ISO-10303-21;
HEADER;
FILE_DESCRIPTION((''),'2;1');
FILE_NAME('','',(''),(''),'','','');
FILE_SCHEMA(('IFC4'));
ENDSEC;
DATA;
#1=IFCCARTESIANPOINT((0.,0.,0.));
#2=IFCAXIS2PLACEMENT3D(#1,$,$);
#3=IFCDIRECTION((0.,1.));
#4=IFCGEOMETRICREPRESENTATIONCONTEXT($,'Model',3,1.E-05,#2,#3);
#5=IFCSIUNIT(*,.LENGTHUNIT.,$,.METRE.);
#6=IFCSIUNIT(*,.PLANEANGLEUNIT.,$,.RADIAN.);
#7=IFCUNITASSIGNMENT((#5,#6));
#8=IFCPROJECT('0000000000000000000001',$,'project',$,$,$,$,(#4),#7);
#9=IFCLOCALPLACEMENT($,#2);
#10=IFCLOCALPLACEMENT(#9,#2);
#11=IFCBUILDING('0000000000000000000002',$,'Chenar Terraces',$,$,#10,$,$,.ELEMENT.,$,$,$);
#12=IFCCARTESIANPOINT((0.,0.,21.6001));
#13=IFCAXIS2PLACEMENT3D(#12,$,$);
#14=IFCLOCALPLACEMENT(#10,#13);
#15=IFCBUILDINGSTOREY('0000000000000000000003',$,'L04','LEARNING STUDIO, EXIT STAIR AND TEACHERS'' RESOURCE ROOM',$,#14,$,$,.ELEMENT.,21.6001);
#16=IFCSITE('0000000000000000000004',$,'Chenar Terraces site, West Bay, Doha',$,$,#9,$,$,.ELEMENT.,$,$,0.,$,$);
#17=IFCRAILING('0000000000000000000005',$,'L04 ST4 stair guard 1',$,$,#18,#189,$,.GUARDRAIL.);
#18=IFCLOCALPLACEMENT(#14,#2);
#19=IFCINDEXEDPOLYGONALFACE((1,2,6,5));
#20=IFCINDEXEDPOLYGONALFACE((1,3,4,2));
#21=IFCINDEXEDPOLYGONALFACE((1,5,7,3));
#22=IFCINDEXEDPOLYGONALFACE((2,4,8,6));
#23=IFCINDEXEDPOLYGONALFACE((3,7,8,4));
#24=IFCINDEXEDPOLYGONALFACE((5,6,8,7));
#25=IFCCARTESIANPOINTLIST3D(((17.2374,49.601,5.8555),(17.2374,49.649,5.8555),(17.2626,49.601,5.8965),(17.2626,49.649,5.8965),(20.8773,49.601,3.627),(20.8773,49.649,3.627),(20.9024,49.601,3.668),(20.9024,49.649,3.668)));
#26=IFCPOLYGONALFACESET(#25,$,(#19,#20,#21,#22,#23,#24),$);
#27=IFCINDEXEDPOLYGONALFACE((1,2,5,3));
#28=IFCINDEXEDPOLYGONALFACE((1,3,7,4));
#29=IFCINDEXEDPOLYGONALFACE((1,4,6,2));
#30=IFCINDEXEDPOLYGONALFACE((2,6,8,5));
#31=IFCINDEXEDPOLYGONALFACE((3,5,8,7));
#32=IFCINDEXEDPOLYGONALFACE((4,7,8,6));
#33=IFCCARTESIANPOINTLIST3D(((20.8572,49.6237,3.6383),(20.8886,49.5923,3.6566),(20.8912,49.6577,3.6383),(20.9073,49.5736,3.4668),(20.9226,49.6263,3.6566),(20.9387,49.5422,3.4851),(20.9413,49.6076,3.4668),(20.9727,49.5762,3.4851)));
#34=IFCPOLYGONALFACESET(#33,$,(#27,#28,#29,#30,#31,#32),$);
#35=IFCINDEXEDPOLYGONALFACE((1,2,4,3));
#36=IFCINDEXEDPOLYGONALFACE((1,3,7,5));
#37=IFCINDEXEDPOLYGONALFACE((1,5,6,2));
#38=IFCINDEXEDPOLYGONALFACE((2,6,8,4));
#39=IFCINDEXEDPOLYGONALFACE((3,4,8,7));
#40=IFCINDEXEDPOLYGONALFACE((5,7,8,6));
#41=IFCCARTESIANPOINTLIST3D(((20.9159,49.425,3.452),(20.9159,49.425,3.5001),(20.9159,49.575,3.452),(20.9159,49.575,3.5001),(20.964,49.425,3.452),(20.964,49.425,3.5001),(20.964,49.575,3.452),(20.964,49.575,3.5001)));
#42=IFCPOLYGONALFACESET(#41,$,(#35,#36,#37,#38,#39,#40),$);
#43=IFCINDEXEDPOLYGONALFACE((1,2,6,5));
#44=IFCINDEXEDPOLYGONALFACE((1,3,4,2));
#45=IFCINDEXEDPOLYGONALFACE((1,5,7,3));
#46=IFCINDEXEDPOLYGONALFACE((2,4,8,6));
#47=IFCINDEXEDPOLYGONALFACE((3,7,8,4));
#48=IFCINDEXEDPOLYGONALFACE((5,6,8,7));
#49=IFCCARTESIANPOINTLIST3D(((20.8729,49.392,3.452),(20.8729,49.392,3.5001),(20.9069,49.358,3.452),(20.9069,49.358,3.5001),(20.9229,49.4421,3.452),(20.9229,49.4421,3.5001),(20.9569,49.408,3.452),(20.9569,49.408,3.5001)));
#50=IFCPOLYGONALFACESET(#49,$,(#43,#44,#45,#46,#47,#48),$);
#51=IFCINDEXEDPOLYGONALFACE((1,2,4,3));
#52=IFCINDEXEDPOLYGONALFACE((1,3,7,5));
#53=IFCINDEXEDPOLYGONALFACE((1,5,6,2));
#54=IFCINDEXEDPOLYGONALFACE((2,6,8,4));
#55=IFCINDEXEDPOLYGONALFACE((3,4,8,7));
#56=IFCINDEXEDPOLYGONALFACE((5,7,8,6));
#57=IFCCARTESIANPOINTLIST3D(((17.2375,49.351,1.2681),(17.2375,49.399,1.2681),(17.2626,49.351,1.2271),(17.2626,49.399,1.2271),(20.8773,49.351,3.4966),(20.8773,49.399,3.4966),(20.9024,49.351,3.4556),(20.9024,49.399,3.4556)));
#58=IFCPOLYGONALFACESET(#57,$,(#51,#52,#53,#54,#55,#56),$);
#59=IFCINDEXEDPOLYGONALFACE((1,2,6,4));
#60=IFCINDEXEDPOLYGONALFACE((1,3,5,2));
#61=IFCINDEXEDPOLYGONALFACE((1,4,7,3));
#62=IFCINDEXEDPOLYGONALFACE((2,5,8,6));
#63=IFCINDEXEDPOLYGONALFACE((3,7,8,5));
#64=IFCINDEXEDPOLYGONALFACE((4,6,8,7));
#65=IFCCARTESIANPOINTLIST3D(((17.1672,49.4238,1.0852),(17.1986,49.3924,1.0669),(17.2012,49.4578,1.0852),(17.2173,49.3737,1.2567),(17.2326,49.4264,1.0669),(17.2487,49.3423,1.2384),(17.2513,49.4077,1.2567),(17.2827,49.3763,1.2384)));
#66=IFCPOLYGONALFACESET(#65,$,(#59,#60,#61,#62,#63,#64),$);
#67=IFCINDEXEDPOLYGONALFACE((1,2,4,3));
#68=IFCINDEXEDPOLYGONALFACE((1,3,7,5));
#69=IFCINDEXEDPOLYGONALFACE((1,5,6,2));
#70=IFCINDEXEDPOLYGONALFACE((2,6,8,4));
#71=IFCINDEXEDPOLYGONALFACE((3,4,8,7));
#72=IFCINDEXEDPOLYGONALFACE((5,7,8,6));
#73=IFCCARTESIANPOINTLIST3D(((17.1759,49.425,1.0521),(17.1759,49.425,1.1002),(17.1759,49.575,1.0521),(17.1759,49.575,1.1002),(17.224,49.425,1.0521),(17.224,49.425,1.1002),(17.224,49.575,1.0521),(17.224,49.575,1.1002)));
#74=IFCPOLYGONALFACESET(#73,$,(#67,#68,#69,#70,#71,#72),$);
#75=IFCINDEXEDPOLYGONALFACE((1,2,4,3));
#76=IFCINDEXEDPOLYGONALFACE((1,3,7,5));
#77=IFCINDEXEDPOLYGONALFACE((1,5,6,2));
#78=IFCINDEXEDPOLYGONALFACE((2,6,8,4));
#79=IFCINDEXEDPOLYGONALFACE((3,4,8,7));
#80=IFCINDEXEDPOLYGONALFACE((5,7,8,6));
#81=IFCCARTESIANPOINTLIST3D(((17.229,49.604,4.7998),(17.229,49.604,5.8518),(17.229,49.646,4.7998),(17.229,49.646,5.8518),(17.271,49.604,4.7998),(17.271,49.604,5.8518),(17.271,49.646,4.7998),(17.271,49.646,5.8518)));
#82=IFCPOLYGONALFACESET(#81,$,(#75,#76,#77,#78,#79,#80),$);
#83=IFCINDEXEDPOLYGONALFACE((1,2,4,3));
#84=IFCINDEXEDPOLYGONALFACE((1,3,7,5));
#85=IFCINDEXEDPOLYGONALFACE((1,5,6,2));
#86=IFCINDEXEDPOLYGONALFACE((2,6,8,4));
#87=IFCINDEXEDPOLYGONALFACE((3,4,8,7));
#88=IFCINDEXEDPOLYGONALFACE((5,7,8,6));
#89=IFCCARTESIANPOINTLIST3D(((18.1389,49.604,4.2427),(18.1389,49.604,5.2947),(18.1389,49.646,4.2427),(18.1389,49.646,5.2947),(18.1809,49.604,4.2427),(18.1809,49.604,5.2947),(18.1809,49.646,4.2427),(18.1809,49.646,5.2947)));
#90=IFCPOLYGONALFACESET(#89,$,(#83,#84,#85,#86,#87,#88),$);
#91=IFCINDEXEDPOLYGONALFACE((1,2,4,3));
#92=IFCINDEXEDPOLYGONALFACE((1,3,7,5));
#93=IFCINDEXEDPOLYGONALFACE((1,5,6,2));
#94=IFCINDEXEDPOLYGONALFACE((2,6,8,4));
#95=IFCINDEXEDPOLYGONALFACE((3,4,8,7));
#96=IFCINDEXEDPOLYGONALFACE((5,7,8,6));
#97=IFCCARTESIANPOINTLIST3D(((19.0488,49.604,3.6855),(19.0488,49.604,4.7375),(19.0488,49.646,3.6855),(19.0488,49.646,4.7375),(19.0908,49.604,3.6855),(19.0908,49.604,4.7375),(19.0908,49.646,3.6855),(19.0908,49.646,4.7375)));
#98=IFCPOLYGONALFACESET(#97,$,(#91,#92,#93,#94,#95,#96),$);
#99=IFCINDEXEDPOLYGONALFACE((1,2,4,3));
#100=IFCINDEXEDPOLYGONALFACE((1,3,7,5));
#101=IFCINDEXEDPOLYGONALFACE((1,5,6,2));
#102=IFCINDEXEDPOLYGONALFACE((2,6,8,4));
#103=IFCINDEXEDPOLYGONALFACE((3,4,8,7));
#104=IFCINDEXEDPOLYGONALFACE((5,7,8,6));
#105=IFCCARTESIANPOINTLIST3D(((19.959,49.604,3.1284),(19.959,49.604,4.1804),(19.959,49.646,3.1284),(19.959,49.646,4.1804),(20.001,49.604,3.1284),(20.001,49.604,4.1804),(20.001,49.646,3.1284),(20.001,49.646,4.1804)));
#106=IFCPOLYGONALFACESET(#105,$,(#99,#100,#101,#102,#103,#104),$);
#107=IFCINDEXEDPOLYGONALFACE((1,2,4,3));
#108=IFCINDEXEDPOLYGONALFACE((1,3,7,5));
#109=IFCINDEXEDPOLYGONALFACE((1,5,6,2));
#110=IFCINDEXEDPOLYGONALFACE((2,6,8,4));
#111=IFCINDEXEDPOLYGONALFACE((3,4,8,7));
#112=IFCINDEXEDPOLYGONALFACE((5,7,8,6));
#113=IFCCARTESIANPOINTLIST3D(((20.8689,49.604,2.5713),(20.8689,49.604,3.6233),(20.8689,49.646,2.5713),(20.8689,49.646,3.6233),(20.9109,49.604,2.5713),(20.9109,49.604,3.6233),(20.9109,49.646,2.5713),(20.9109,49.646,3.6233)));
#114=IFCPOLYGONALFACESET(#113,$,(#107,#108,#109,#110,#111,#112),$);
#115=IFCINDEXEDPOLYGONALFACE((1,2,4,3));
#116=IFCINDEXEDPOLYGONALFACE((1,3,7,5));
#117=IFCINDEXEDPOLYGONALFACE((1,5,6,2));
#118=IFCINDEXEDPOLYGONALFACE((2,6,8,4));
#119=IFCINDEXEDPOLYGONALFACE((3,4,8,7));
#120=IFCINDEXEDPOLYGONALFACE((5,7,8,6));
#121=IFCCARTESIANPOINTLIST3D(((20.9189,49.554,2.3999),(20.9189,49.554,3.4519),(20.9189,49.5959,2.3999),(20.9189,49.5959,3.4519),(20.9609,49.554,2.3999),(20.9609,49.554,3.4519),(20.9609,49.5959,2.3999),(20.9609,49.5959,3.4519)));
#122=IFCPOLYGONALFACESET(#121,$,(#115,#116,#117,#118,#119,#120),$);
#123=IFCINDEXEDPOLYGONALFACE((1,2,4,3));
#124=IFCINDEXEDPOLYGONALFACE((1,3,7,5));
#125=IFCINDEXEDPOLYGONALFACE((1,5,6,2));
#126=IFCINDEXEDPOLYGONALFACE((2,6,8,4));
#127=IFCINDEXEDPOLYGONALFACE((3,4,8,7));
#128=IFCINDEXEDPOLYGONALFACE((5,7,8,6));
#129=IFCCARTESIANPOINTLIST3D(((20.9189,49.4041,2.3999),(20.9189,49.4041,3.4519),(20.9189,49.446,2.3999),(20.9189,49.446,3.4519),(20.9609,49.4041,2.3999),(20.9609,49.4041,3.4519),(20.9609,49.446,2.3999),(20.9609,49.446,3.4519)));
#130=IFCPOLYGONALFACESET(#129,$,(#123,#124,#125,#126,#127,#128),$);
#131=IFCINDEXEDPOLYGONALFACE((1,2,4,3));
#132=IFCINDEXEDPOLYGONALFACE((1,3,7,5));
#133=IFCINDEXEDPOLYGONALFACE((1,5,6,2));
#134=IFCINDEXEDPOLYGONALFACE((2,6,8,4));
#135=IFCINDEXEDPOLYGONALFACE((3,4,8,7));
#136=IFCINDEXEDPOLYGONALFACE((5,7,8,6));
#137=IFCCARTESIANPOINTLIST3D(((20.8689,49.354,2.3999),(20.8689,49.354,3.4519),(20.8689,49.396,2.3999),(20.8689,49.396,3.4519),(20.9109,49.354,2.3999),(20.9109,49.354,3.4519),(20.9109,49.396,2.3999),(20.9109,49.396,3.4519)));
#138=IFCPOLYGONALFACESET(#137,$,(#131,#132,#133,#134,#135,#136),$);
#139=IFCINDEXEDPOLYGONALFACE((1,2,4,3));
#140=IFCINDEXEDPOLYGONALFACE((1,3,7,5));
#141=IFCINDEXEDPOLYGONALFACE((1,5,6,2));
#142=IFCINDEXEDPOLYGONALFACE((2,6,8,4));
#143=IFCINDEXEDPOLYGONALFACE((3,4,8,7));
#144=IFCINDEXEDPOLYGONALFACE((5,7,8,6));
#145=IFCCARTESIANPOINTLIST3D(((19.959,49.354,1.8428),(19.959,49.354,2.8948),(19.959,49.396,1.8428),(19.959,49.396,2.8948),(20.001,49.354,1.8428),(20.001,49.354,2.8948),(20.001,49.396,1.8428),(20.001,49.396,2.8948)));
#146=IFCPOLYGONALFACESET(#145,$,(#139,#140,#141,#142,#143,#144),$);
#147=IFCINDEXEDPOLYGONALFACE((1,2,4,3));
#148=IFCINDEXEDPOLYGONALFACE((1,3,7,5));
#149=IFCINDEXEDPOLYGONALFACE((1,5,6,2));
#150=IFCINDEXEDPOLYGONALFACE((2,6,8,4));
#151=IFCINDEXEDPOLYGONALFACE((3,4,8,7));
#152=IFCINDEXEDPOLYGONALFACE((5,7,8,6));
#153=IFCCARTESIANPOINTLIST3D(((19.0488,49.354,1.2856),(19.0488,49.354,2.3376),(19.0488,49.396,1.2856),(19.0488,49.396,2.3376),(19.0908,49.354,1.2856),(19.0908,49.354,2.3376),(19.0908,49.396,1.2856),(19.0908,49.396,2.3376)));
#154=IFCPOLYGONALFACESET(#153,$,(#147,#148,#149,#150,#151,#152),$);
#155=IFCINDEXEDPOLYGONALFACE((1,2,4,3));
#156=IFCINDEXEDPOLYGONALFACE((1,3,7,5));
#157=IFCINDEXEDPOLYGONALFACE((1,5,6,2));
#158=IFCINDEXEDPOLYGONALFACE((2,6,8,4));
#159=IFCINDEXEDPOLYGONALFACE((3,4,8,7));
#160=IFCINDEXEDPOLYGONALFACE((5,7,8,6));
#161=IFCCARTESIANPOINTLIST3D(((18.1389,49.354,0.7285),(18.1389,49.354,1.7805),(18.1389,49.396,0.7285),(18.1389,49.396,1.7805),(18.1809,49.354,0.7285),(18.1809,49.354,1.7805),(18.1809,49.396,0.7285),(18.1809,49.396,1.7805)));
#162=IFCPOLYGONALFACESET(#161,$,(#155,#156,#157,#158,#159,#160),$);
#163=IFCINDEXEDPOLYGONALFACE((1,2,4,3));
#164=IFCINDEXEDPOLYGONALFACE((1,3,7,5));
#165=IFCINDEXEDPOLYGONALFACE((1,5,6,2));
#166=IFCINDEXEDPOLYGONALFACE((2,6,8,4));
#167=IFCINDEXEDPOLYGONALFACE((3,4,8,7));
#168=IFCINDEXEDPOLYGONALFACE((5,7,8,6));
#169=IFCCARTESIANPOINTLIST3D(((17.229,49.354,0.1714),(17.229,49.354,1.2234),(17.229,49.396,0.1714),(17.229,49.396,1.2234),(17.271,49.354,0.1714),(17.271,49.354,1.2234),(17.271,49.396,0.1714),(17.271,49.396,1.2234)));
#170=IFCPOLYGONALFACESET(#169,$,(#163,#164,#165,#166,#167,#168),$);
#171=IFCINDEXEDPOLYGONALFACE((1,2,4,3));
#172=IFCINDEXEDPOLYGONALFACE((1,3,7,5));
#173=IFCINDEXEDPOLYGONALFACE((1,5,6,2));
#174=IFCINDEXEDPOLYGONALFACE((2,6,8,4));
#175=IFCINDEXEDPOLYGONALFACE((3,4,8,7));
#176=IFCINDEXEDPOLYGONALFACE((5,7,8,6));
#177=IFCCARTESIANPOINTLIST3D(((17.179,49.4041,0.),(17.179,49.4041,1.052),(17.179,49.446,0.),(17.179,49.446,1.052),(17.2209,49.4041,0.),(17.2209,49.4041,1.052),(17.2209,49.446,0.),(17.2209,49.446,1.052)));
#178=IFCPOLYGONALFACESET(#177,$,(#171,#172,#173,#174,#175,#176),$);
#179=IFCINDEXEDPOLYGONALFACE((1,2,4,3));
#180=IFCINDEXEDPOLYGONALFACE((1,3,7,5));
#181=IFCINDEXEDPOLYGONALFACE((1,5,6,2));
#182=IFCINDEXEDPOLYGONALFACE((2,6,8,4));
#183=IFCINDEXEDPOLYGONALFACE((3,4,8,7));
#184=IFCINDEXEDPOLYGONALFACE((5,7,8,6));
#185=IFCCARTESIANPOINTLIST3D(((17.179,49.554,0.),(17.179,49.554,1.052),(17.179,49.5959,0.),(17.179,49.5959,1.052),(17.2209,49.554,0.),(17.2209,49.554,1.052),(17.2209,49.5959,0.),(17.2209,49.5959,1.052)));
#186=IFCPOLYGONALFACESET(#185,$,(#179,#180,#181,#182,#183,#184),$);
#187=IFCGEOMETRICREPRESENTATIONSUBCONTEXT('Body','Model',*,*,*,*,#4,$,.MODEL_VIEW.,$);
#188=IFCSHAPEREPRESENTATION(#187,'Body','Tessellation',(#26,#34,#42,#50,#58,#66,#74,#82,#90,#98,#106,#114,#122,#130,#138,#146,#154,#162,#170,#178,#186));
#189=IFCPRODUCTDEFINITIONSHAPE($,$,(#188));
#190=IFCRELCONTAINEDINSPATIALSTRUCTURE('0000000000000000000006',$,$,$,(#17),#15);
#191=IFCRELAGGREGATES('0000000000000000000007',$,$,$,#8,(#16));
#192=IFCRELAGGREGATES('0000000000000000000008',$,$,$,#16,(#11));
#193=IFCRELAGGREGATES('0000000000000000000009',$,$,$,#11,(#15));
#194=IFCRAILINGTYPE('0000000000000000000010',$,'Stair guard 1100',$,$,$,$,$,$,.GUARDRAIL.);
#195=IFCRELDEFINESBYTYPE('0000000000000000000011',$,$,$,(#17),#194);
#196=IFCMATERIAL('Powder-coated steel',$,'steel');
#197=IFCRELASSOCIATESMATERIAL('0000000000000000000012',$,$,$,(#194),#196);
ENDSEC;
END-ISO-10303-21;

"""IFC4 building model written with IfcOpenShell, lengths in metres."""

from ifc_helpers import new_model, si_unit, direction, frame, origin, origin_2d, place, context, subcontext, project, spatial, rectangle, extrude, material, type_object, element, save


model = new_model("IFC4")

# Units and contexts
model_context = context("Model", 3, precision=1e-05, world=origin(), true_north=direction((0.0, 1.0)))
body_context = subcontext(model_context, "Body", "Model", "MODEL_VIEW")
ifc_project = project(units=[si_unit("LENGTHUNIT", "METRE"), si_unit("PLANEANGLEUNIT", "RADIAN")], contexts=[model_context])

# Site, building, storey
site_placement = place(None, origin())
site = spatial("IfcSite", under=ifc_project, at=site_placement, Name="Chenar Terraces site, West Bay, Doha", CompositionType="ELEMENT", RefElevation=0.0)
building_placement = place(site_placement, origin())
building = spatial("IfcBuilding", under=site, at=building_placement, Name="Chenar Terraces", CompositionType="ELEMENT")
storey_placement = place(building_placement, frame((0.0, 0.0, 21.6001)))
storey = spatial("IfcBuildingStorey", under=building, at=storey_placement, Name="L04", Description="LEARNING STUDIO, EXIT STAIR AND TEACHERS' RESOURCE ROOM", CompositionType="ELEMENT", Elevation=21.6001)

# Railing
ifc_material_1 = material(Name="Powder-coated steel", Category="steel")
railing_type_1 = type_object("IfcRailingType", Name="Stair guard 1100", PredefinedType="GUARDRAIL", material=ifc_material_1)
railing_1_placement = place(storey_placement, frame((17.25, 49.625, 4.7998)))
element("IfcRailing", 1, at=railing_1_placement, inside=storey, type_object=railing_type_1, Name="L04 ST4 stair guard 1", PredefinedType="GUARDRAIL", context=body_context, shape_type="SweptSolid", body=[
    extrude(rectangle(XDim=0.0481, YDim=0.0481, at=origin_2d()), frame((0.0, 0.0, 1.0762), z_axis=(0.85285, 0.0, -0.522156), x_axis=(0.0, 1.0, 0.0)), (0.0, 0.0, 1.0), 4.2678),
    extrude(rectangle(XDim=0.0481, YDim=0.0481, at=origin_2d()), frame((3.6399, 0.0, -1.1523), z_axis=(0.269911, -0.269911, -0.924281), x_axis=(0.707107, 0.707107, 0.0)), (0.0, 0.0, 1.0), 0.1855),
    extrude(rectangle(XDim=0.0481, YDim=0.0481, at=origin_2d()), frame((3.6899, -0.05, -1.3237), z_axis=(0.0, -1.0, 0.0), x_axis=(1.0, 0.0, 0.0)), (0.0, 0.0, 1.0), 0.1499),
    extrude(rectangle(XDim=0.0481, YDim=0.0481, at=origin_2d()), frame((3.6899, -0.2, -1.3237), z_axis=(-0.707107, -0.707107, 0.0), x_axis=(0.707107, -0.707107, 0.0)), (0.0, 0.0, 1.0), 0.0708),
    extrude(rectangle(XDim=0.0481, YDim=0.0481, at=origin_2d()), frame((3.6399, -0.25, -1.3237), z_axis=(-0.85285, 0.0, -0.522156), x_axis=(0.0, -1.0, 0.0)), (0.0, 0.0, 1.0), 4.2678),
    extrude(rectangle(XDim=0.0481, YDim=0.0481, at=origin_2d()), frame((0.0, -0.25, -3.5522), z_axis=(-0.269911, 0.269911, -0.924281), x_axis=(-0.707107, -0.707107, 0.0)), (0.0, 0.0, 1.0), 0.1855),
    extrude(rectangle(XDim=0.0481, YDim=0.0481, at=origin_2d()), frame((-0.05, -0.2, -3.7236), z_axis=(0.0, 1.0, 0.0), x_axis=(-1.0, 0.0, 0.0)), (0.0, 0.0, 1.0), 0.1499),
    extrude(rectangle(XDim=0.042, YDim=0.042, at=origin_2d()), origin(), (0.0, 0.0, 1.0), 1.052),
    extrude(rectangle(XDim=0.042, YDim=0.042, at=origin_2d()), frame((0.9099, 0.0, -0.5571)), (0.0, 0.0, 1.0), 1.052),
    extrude(rectangle(XDim=0.042, YDim=0.042, at=origin_2d()), frame((1.8198, 0.0, -1.1143)), (0.0, 0.0, 1.0), 1.052),
    extrude(rectangle(XDim=0.042, YDim=0.042, at=origin_2d()), frame((2.73, 0.0, -1.6714)), (0.0, 0.0, 1.0), 1.052),
    extrude(rectangle(XDim=0.042, YDim=0.042, at=origin_2d()), frame((3.6399, 0.0, -2.2285)), (0.0, 0.0, 1.0), 1.052),
    extrude(rectangle(XDim=0.042, YDim=0.042, at=origin_2d()), frame((3.6899, -0.05, -2.3999)), (0.0, 0.0, 1.0), 1.052),
    extrude(rectangle(XDim=0.042, YDim=0.042, at=origin_2d()), frame((3.6899, -0.2, -2.3999)), (0.0, 0.0, 1.0), 1.052),
    extrude(rectangle(XDim=0.042, YDim=0.042, at=origin_2d()), frame((3.6399, -0.25, -2.3999)), (0.0, 0.0, 1.0), 1.052),
    extrude(rectangle(XDim=0.042, YDim=0.042, at=origin_2d()), frame((2.73, -0.25, -2.957)), (0.0, 0.0, 1.0), 1.052),
    extrude(rectangle(XDim=0.042, YDim=0.042, at=origin_2d()), frame((1.8198, -0.25, -3.5142)), (0.0, 0.0, 1.0), 1.052),
    extrude(rectangle(XDim=0.042, YDim=0.042, at=origin_2d()), frame((0.9099, -0.25, -4.0713)), (0.0, 0.0, 1.0), 1.052),
    extrude(rectangle(XDim=0.042, YDim=0.042, at=origin_2d()), frame((0.0, -0.25, -4.6284)), (0.0, 0.0, 1.0), 1.052),
    extrude(rectangle(XDim=0.042, YDim=0.042, at=origin_2d()), frame((-0.05, -0.2, -4.7998)), (0.0, 0.0, 1.0), 1.052),
    extrude(rectangle(XDim=0.042, YDim=0.042, at=origin_2d()), frame((-0.05, -0.05, -4.7998)), (0.0, 0.0, 1.0), 1.052),
])

save(model, "model.ifc")
